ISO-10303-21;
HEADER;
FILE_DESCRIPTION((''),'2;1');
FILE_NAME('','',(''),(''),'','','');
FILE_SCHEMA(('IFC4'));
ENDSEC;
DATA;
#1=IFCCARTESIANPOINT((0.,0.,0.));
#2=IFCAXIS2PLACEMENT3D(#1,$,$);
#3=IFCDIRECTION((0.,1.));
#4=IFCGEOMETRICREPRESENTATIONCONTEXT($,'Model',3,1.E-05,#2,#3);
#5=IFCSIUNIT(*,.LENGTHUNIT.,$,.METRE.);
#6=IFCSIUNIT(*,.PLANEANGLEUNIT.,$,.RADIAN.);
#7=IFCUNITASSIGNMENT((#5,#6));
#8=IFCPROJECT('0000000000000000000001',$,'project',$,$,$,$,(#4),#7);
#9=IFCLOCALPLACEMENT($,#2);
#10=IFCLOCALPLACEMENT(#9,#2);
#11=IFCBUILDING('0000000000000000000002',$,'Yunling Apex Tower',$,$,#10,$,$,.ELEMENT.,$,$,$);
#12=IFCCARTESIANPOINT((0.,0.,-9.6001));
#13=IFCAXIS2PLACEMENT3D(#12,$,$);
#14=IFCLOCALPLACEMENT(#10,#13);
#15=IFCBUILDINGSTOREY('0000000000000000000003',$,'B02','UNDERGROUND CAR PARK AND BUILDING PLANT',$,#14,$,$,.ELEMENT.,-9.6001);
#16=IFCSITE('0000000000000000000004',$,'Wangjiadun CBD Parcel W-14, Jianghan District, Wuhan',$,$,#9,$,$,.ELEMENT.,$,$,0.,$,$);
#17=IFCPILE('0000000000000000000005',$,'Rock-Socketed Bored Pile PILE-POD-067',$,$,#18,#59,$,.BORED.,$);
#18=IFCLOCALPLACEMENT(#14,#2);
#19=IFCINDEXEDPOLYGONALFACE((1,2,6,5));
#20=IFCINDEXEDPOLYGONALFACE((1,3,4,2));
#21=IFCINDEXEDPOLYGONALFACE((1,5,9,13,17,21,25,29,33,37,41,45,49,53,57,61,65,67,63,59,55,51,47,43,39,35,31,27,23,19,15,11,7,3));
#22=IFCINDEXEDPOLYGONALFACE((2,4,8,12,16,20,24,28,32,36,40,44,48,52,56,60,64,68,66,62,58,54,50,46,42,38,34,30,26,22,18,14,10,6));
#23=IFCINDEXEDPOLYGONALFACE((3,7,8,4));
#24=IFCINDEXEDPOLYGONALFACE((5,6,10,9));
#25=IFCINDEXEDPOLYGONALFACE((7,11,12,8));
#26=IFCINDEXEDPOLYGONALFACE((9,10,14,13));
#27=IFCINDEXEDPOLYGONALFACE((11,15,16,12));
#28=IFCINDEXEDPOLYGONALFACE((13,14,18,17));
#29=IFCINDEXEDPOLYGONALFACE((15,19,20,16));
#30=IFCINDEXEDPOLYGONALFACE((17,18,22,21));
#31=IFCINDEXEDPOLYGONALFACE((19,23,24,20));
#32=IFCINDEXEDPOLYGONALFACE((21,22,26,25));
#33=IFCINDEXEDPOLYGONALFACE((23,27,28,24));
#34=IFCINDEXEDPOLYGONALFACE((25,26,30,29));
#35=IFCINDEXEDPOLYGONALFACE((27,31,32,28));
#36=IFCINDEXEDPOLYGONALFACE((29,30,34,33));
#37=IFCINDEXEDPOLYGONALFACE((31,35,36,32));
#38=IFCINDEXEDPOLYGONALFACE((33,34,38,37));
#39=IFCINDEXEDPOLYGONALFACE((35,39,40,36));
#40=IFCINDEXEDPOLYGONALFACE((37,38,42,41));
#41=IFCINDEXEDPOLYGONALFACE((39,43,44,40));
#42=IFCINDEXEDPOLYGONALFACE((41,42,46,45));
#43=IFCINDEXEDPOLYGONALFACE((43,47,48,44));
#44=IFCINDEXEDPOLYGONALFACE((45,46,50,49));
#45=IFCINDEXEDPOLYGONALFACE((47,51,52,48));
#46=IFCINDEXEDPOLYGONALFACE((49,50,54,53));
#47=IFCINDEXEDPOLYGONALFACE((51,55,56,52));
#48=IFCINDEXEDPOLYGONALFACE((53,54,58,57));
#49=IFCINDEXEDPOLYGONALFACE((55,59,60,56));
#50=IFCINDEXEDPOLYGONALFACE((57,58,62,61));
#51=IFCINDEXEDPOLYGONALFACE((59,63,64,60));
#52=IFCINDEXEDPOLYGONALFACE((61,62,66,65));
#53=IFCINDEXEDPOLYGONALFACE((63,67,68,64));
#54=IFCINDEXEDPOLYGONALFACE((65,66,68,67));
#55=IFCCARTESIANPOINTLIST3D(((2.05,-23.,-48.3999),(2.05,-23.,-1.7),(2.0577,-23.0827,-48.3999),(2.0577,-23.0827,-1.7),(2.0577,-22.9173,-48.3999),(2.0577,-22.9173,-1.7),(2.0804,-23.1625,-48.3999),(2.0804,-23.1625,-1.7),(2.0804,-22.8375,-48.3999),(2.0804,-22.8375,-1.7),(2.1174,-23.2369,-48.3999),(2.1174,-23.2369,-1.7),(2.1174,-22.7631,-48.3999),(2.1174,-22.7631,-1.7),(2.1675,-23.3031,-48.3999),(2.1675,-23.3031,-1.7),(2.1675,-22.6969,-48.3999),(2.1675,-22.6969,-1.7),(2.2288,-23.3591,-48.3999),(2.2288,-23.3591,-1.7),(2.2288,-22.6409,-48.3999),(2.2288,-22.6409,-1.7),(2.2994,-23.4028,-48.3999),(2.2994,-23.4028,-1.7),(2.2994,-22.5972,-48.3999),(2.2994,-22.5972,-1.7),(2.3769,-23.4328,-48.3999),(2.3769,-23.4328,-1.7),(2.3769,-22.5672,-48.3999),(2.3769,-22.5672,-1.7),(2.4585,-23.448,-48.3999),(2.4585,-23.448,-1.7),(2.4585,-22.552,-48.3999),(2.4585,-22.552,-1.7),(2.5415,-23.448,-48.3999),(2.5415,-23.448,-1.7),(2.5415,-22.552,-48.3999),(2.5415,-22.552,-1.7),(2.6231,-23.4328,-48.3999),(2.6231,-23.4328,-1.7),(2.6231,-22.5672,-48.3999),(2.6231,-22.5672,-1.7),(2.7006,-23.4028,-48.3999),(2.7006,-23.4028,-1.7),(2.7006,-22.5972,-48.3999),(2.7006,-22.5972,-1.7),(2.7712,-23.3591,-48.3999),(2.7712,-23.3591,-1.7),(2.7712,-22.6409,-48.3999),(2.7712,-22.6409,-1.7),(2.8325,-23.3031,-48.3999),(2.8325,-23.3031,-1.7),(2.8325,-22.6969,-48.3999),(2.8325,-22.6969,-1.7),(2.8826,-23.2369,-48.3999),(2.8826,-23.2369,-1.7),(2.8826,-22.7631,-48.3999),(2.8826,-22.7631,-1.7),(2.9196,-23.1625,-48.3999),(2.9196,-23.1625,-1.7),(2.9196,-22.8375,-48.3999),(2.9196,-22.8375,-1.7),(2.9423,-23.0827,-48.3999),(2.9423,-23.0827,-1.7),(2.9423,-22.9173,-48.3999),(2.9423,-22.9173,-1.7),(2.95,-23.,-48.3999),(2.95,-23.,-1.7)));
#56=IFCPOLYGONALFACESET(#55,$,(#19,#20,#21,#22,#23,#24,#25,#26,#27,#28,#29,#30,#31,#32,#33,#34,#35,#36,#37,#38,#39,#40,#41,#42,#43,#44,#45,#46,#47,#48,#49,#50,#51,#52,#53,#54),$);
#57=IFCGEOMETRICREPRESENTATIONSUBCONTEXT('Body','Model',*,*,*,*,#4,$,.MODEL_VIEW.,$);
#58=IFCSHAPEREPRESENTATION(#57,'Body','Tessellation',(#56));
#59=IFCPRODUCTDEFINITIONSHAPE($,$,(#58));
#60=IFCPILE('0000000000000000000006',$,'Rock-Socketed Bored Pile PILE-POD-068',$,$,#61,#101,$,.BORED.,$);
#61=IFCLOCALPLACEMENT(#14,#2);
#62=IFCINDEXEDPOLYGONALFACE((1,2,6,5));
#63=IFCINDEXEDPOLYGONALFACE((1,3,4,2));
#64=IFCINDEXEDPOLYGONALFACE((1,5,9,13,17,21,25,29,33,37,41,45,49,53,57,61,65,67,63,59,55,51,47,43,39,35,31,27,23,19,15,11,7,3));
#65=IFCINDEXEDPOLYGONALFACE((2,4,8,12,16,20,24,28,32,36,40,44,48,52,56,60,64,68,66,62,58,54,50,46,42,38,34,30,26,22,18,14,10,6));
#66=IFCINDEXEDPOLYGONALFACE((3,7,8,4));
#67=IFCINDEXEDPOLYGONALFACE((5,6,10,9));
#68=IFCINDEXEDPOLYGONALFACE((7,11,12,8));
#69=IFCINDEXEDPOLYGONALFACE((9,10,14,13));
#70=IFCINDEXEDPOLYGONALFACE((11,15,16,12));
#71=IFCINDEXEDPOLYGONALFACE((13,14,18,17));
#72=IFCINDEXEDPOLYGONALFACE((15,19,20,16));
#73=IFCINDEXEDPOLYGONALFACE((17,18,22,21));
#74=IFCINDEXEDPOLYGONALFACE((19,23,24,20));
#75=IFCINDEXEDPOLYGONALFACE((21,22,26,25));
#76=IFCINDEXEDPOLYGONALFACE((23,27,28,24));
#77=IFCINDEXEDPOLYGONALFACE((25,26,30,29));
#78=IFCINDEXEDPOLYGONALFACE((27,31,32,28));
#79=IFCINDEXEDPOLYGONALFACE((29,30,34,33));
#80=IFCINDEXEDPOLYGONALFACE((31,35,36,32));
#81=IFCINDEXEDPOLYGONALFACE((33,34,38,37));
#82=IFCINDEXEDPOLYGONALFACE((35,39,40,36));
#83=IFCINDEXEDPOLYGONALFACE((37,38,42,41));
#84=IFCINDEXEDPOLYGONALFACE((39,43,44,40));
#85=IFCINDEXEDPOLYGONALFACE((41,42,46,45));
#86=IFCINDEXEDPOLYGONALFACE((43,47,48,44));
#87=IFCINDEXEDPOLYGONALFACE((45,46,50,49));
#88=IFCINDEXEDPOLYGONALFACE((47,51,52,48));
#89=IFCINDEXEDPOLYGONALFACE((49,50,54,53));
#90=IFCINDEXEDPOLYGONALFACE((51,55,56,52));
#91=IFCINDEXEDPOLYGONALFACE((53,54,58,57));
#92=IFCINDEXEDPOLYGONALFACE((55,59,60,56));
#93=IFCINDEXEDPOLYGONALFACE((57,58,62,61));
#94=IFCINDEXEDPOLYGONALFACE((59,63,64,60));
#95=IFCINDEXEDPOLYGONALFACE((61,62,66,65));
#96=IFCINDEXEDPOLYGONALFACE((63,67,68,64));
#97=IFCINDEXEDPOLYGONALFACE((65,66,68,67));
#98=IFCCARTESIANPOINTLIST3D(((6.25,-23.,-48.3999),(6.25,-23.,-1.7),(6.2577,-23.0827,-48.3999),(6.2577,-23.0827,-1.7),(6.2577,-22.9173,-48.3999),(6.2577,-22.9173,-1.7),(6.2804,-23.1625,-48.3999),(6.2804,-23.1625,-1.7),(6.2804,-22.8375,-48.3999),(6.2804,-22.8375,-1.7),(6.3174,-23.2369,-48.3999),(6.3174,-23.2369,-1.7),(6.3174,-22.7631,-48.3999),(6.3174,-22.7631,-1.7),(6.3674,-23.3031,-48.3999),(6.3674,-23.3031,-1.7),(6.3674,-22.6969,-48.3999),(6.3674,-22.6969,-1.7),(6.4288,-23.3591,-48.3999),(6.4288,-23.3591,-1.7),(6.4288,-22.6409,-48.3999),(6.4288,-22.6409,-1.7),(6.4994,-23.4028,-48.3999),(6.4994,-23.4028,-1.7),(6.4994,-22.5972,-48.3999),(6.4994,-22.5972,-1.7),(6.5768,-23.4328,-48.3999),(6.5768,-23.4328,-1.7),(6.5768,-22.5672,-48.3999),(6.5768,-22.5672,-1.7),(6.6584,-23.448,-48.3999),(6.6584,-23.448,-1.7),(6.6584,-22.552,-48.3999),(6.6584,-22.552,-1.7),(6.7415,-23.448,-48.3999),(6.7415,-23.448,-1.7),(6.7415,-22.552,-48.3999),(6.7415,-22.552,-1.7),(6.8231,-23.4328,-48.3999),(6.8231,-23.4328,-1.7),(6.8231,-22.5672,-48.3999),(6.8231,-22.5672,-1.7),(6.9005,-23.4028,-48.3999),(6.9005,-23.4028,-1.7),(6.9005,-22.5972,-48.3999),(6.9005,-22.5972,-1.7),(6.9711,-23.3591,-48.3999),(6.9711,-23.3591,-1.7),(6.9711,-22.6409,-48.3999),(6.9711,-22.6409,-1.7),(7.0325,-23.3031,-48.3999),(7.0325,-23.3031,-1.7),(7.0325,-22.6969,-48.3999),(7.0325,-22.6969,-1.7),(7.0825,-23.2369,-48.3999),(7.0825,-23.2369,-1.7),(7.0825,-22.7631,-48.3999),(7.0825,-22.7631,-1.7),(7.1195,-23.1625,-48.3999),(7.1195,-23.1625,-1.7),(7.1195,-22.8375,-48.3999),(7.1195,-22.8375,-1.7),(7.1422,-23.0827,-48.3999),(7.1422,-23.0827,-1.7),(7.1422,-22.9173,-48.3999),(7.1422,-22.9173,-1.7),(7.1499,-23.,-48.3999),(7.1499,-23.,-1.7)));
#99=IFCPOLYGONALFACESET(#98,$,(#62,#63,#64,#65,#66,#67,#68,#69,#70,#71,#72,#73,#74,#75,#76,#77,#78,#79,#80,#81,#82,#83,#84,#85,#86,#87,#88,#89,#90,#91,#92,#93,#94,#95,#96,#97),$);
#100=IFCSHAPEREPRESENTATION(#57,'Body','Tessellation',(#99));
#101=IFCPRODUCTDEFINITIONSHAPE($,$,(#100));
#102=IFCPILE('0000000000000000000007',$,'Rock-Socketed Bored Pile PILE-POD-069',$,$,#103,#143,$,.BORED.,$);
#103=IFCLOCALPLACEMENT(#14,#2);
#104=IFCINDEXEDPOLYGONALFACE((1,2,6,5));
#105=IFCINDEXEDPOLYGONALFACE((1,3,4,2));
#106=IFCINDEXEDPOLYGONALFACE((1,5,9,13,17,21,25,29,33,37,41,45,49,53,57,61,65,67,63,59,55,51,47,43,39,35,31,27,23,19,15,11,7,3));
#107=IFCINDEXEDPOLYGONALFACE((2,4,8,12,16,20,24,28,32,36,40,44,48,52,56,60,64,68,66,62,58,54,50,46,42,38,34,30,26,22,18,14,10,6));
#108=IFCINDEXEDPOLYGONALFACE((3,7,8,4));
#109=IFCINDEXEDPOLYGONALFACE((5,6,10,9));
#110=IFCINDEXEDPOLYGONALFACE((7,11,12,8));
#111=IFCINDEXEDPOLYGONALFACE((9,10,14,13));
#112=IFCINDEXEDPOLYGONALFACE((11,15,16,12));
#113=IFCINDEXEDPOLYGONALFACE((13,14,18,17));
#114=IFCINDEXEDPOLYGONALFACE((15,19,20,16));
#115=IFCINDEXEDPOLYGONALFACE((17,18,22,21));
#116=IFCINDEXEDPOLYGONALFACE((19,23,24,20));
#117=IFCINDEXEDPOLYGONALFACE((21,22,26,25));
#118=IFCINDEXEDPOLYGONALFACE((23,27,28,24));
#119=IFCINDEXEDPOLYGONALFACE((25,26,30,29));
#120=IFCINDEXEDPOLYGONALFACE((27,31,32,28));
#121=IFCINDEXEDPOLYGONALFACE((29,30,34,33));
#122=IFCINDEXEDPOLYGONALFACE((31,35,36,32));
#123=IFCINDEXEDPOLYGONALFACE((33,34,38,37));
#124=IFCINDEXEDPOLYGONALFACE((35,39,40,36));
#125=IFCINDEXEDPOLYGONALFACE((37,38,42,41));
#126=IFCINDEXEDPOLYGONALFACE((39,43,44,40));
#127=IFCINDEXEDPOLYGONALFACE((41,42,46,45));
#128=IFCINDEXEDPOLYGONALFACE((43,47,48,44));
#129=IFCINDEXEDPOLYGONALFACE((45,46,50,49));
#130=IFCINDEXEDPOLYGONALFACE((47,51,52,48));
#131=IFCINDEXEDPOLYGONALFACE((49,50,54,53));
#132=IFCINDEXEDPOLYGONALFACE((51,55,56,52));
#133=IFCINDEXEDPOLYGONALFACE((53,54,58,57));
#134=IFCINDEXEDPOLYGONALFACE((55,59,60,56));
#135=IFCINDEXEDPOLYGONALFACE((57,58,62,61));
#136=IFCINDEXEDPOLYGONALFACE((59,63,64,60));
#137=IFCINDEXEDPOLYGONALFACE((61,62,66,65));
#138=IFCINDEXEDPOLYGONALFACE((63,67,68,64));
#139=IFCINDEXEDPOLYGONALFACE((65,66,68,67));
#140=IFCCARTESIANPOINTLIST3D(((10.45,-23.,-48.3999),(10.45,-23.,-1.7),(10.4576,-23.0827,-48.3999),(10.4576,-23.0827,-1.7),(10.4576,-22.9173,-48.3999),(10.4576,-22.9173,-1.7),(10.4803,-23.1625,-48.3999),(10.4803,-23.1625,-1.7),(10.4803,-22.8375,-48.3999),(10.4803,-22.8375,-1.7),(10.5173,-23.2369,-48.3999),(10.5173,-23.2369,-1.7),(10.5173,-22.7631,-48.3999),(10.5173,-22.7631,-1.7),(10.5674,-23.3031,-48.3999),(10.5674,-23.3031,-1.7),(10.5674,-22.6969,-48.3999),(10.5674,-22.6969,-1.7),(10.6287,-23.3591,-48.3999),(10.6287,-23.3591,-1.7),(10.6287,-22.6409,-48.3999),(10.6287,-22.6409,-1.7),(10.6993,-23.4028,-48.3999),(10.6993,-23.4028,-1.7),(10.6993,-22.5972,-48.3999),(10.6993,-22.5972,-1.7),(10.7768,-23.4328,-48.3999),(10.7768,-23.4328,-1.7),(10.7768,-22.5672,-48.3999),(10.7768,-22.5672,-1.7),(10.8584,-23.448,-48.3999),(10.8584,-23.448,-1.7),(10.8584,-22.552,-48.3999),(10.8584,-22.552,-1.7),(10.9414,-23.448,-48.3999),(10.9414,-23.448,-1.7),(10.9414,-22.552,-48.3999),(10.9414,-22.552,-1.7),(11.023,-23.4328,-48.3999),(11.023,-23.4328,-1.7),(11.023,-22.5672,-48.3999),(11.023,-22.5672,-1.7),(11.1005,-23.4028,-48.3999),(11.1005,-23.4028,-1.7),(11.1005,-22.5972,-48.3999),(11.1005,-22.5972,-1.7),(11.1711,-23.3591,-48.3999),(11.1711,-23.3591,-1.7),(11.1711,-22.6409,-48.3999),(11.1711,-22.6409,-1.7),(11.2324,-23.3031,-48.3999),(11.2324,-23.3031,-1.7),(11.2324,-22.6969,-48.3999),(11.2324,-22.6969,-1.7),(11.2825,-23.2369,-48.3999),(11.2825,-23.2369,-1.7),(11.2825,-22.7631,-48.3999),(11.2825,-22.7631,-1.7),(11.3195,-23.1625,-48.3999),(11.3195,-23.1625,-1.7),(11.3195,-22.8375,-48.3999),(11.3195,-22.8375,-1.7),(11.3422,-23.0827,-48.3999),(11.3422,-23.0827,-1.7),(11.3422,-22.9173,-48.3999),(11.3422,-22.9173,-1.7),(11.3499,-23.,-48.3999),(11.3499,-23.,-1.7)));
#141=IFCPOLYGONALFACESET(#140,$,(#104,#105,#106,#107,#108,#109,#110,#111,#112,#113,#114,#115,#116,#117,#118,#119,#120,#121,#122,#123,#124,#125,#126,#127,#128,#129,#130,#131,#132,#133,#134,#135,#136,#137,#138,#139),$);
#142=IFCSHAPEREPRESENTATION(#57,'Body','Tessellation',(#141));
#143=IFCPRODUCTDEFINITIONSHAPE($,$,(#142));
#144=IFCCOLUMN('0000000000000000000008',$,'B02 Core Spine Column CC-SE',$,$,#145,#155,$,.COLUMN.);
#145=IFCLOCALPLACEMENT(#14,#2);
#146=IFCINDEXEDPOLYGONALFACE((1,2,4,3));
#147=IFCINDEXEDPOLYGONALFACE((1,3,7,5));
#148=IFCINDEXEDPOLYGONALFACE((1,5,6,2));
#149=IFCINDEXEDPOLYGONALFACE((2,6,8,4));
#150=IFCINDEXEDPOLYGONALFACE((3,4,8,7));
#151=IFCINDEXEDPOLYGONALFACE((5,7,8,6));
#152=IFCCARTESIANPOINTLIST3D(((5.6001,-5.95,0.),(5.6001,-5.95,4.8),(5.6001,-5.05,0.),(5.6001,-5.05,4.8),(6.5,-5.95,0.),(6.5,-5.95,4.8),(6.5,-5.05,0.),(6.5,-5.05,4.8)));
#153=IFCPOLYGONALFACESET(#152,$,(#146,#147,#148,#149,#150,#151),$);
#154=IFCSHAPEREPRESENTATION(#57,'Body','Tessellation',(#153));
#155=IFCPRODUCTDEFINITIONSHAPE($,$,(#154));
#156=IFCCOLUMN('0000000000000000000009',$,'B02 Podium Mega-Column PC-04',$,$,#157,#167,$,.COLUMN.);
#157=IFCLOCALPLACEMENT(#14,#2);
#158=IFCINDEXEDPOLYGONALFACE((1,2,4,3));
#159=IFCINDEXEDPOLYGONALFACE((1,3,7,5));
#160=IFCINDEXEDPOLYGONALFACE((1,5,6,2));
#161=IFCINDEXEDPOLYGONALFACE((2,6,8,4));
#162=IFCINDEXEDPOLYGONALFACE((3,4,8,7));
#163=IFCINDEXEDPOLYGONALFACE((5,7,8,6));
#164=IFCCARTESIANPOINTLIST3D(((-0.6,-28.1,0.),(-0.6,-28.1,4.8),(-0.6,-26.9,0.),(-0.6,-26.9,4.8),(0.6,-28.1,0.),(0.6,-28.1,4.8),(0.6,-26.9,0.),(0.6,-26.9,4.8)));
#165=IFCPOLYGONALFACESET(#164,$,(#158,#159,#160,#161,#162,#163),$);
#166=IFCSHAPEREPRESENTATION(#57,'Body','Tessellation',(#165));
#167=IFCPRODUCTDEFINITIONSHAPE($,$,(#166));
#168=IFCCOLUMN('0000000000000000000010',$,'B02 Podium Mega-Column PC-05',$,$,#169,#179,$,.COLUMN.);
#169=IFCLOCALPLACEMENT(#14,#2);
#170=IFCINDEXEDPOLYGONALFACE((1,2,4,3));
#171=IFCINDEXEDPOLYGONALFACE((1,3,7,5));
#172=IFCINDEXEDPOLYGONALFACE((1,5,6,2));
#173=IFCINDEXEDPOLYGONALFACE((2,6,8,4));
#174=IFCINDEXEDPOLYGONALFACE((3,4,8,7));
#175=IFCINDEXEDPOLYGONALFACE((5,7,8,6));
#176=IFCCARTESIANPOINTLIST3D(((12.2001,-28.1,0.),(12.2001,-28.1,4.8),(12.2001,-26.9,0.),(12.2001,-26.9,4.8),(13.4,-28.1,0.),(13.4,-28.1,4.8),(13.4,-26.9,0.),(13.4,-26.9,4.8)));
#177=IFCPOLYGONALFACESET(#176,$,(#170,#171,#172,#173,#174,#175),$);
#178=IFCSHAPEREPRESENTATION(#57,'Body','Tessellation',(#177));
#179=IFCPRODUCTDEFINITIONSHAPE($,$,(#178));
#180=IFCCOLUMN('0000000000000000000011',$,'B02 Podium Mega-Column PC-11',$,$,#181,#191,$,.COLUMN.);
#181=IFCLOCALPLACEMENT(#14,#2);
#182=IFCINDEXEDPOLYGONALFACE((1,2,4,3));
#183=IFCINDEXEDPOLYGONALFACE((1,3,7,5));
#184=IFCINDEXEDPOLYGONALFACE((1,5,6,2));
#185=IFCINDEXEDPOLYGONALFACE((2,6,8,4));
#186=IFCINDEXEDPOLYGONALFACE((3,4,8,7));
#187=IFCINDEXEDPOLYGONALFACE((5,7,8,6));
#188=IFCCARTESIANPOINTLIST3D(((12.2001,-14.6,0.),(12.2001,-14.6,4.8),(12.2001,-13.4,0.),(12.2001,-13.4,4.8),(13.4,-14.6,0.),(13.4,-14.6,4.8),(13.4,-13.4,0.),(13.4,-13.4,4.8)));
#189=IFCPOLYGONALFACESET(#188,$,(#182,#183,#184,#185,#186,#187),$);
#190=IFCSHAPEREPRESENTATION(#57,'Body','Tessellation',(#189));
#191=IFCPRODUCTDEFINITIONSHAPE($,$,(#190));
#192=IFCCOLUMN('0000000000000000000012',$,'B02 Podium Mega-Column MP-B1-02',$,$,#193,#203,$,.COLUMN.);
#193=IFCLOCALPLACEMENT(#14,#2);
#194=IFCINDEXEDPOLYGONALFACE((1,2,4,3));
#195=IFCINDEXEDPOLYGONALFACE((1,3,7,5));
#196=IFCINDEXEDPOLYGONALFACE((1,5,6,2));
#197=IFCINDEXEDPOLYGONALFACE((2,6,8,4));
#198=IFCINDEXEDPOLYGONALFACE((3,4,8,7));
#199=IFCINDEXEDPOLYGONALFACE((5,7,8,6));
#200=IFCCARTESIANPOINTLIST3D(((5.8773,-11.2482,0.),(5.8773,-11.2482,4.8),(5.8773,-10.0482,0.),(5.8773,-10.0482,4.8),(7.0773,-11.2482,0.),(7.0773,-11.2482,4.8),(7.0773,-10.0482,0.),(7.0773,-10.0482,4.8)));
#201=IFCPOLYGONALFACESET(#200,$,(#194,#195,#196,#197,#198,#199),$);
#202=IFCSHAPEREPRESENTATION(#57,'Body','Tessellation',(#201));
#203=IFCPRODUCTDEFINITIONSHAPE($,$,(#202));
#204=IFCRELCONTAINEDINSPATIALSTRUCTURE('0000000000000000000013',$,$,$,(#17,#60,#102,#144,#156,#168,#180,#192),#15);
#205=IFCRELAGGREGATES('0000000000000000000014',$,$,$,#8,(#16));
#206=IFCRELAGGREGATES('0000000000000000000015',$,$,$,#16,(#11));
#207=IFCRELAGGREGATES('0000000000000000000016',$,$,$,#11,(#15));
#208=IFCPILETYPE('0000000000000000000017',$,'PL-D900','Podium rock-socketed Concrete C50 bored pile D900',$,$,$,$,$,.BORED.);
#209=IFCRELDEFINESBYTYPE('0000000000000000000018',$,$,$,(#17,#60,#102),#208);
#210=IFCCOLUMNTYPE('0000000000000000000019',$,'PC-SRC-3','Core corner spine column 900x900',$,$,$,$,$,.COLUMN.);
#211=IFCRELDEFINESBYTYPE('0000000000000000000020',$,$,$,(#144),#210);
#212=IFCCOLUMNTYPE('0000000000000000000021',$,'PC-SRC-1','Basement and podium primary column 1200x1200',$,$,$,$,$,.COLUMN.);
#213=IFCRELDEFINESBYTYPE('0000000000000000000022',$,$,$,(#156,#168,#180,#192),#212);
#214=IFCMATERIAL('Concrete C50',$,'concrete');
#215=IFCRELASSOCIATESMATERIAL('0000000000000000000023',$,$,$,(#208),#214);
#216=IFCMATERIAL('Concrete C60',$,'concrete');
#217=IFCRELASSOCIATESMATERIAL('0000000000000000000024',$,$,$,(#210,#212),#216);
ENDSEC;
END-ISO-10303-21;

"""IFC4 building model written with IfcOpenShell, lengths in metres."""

from ifc_helpers import new_model, si_unit, direction, frame, origin, origin_2d, place, context, subcontext, project, spatial, rectangle, circle, extrude, source, transform, mapped, material, material_profile, profile_set, type_object, element, save


model = new_model("IFC4")

# Units and contexts
model_context = context("Model", 3, precision=1e-05, world=origin(), true_north=direction((0.0, 1.0)))
body_context = subcontext(model_context, "Body", "Model", "MODEL_VIEW")
ifc_project = project(units=[si_unit("LENGTHUNIT", "METRE"), si_unit("PLANEANGLEUNIT", "RADIAN")], contexts=[model_context])

# Site, building, storey
site_placement = place(None, origin())
site = spatial("IfcSite", under=ifc_project, at=site_placement, Name="Wangjiadun CBD Parcel W-14, Jianghan District, Wuhan", CompositionType="ELEMENT", RefElevation=0.0)
building_placement = place(site_placement, origin())
building = spatial("IfcBuilding", under=site, at=building_placement, Name="Yunling Apex Tower", CompositionType="ELEMENT")
storey_placement = place(building_placement, frame((0.0, 0.0, -9.6001)))
storey = spatial("IfcBuildingStorey", under=building, at=storey_placement, Name="B02", Description="UNDERGROUND CAR PARK AND BUILDING PLANT", CompositionType="ELEMENT", Elevation=-9.6001)

# Shared definitions
ifc_material_1 = material(Name="Concrete C50", Category="concrete")

# Piles
ifc_material_profile_1 = material_profile(ifc_material_1, circle(Radius=0.45, at=origin_2d()))
ifc_profile_set_1 = profile_set([ifc_material_profile_1], Name="Concrete C50")
pile_type_1 = type_object("IfcPileType", Name="PL-D900", Description="Podium rock-socketed Concrete C50 bored pile D900", PredefinedType="BORED", material=ifc_profile_set_1)
shared_shape_1 = source(origin(), body_context, "Body", "SweptSolid", [
    extrude(circle(Radius=0.45, at=origin_2d()), origin(), (0.0, 0.0, 1.0), 46.7),
])
for number, where, z_axis, x_axis, name in (
    (1, (2.5, -23.0, -1.7), (0.0, 0.0, -1.0), (1.0, 0.0, 0.0), "Rock-Socketed Bored Pile PILE-POD-067"),
    (2, (6.7, -23.0, -1.7), (0.0, 0.0, -1.0), (1.0, 0.0, 0.0), "Rock-Socketed Bored Pile PILE-POD-068"),
    (3, (10.8999, -23.0, -1.7), (0.0, 0.0, -1.0), (1.0, 0.0, 0.0), "Rock-Socketed Bored Pile PILE-POD-069"),
):
    element("IfcPile", number, at=place(storey_placement, frame(where, z_axis=z_axis, x_axis=x_axis)), inside=storey, type_object=pile_type_1, Name=name, PredefinedType="BORED", context=body_context, shape_type="MappedRepresentation", body=[
        mapped(shared_shape_1, transform((0.0, 0.0, 0.0), scale=1.0)),
    ])

# Columns
ifc_material_2 = material(Name="Concrete C60", Category="concrete")
ifc_material_profile_2 = material_profile(ifc_material_2, rectangle(XDim=0.8999, YDim=0.8999, at=origin_2d()))
ifc_profile_set_2 = profile_set([ifc_material_profile_2], Name="Concrete C60")
column_type_1 = type_object("IfcColumnType", Name="PC-SRC-3", Description="Core corner spine column 900x900", PredefinedType="COLUMN", material=ifc_profile_set_2)
shared_shape_2 = source(origin(), body_context, "Body", "SweptSolid", [
    extrude(rectangle(XDim=0.8999, YDim=0.8999, at=origin_2d()), origin(), (0.0, 0.0, 1.0), 4.8),
])
column_placement = place(storey_placement, frame((6.05, -5.5, 0.0), z_axis=(0.0, 0.0, 1.0), x_axis=(1.0, 0.0, 0.0)))
element("IfcColumn", 4, at=column_placement, inside=storey, type_object=column_type_1, Name="B02 Core Spine Column CC-SE", PredefinedType="COLUMN", context=body_context, shape_type="MappedRepresentation", body=[
    mapped(shared_shape_2, transform((0.0, 0.0, 0.0), scale=1.0)),
])
ifc_material_profile_3 = material_profile(ifc_material_2, rectangle(XDim=1.2, YDim=1.2, at=origin_2d()))
ifc_profile_set_3 = profile_set([ifc_material_profile_3], Name="Concrete C60")
column_type_2 = type_object("IfcColumnType", Name="PC-SRC-1", Description="Basement and podium primary column 1200x1200", PredefinedType="COLUMN", material=ifc_profile_set_3)
shared_shape_3 = source(origin(), body_context, "Body", "SweptSolid", [
    extrude(rectangle(XDim=1.2, YDim=1.2, at=origin_2d()), origin(), (0.0, 0.0, 1.0), 4.8),
])
for number, where, z_axis, x_axis, name in (
    (5, (0.0, -27.5, 0.0), (0.0, 0.0, 1.0), (1.0, 0.0, 0.0), "B02 Podium Mega-Column PC-04"),
    (6, (12.8, -27.5, 0.0), (0.0, 0.0, 1.0), (1.0, 0.0, 0.0), "B02 Podium Mega-Column PC-05"),
    (7, (12.8, -14.0, 0.0), (0.0, 0.0, 1.0), (1.0, 0.0, 0.0), "B02 Podium Mega-Column PC-11"),
    (8, (6.4773, -10.6482, 0.0), (0.0, 0.0, 1.0), (1.0, 0.0, 0.0), "B02 Podium Mega-Column MP-B1-02"),
):
    element("IfcColumn", number, at=place(storey_placement, frame(where, z_axis=z_axis, x_axis=x_axis)), inside=storey, type_object=column_type_2, Name=name, PredefinedType="COLUMN", context=body_context, shape_type="MappedRepresentation", body=[
        mapped(shared_shape_3, transform((0.0, 0.0, 0.0), scale=1.0)),
    ])

save(model, "model.ifc")
